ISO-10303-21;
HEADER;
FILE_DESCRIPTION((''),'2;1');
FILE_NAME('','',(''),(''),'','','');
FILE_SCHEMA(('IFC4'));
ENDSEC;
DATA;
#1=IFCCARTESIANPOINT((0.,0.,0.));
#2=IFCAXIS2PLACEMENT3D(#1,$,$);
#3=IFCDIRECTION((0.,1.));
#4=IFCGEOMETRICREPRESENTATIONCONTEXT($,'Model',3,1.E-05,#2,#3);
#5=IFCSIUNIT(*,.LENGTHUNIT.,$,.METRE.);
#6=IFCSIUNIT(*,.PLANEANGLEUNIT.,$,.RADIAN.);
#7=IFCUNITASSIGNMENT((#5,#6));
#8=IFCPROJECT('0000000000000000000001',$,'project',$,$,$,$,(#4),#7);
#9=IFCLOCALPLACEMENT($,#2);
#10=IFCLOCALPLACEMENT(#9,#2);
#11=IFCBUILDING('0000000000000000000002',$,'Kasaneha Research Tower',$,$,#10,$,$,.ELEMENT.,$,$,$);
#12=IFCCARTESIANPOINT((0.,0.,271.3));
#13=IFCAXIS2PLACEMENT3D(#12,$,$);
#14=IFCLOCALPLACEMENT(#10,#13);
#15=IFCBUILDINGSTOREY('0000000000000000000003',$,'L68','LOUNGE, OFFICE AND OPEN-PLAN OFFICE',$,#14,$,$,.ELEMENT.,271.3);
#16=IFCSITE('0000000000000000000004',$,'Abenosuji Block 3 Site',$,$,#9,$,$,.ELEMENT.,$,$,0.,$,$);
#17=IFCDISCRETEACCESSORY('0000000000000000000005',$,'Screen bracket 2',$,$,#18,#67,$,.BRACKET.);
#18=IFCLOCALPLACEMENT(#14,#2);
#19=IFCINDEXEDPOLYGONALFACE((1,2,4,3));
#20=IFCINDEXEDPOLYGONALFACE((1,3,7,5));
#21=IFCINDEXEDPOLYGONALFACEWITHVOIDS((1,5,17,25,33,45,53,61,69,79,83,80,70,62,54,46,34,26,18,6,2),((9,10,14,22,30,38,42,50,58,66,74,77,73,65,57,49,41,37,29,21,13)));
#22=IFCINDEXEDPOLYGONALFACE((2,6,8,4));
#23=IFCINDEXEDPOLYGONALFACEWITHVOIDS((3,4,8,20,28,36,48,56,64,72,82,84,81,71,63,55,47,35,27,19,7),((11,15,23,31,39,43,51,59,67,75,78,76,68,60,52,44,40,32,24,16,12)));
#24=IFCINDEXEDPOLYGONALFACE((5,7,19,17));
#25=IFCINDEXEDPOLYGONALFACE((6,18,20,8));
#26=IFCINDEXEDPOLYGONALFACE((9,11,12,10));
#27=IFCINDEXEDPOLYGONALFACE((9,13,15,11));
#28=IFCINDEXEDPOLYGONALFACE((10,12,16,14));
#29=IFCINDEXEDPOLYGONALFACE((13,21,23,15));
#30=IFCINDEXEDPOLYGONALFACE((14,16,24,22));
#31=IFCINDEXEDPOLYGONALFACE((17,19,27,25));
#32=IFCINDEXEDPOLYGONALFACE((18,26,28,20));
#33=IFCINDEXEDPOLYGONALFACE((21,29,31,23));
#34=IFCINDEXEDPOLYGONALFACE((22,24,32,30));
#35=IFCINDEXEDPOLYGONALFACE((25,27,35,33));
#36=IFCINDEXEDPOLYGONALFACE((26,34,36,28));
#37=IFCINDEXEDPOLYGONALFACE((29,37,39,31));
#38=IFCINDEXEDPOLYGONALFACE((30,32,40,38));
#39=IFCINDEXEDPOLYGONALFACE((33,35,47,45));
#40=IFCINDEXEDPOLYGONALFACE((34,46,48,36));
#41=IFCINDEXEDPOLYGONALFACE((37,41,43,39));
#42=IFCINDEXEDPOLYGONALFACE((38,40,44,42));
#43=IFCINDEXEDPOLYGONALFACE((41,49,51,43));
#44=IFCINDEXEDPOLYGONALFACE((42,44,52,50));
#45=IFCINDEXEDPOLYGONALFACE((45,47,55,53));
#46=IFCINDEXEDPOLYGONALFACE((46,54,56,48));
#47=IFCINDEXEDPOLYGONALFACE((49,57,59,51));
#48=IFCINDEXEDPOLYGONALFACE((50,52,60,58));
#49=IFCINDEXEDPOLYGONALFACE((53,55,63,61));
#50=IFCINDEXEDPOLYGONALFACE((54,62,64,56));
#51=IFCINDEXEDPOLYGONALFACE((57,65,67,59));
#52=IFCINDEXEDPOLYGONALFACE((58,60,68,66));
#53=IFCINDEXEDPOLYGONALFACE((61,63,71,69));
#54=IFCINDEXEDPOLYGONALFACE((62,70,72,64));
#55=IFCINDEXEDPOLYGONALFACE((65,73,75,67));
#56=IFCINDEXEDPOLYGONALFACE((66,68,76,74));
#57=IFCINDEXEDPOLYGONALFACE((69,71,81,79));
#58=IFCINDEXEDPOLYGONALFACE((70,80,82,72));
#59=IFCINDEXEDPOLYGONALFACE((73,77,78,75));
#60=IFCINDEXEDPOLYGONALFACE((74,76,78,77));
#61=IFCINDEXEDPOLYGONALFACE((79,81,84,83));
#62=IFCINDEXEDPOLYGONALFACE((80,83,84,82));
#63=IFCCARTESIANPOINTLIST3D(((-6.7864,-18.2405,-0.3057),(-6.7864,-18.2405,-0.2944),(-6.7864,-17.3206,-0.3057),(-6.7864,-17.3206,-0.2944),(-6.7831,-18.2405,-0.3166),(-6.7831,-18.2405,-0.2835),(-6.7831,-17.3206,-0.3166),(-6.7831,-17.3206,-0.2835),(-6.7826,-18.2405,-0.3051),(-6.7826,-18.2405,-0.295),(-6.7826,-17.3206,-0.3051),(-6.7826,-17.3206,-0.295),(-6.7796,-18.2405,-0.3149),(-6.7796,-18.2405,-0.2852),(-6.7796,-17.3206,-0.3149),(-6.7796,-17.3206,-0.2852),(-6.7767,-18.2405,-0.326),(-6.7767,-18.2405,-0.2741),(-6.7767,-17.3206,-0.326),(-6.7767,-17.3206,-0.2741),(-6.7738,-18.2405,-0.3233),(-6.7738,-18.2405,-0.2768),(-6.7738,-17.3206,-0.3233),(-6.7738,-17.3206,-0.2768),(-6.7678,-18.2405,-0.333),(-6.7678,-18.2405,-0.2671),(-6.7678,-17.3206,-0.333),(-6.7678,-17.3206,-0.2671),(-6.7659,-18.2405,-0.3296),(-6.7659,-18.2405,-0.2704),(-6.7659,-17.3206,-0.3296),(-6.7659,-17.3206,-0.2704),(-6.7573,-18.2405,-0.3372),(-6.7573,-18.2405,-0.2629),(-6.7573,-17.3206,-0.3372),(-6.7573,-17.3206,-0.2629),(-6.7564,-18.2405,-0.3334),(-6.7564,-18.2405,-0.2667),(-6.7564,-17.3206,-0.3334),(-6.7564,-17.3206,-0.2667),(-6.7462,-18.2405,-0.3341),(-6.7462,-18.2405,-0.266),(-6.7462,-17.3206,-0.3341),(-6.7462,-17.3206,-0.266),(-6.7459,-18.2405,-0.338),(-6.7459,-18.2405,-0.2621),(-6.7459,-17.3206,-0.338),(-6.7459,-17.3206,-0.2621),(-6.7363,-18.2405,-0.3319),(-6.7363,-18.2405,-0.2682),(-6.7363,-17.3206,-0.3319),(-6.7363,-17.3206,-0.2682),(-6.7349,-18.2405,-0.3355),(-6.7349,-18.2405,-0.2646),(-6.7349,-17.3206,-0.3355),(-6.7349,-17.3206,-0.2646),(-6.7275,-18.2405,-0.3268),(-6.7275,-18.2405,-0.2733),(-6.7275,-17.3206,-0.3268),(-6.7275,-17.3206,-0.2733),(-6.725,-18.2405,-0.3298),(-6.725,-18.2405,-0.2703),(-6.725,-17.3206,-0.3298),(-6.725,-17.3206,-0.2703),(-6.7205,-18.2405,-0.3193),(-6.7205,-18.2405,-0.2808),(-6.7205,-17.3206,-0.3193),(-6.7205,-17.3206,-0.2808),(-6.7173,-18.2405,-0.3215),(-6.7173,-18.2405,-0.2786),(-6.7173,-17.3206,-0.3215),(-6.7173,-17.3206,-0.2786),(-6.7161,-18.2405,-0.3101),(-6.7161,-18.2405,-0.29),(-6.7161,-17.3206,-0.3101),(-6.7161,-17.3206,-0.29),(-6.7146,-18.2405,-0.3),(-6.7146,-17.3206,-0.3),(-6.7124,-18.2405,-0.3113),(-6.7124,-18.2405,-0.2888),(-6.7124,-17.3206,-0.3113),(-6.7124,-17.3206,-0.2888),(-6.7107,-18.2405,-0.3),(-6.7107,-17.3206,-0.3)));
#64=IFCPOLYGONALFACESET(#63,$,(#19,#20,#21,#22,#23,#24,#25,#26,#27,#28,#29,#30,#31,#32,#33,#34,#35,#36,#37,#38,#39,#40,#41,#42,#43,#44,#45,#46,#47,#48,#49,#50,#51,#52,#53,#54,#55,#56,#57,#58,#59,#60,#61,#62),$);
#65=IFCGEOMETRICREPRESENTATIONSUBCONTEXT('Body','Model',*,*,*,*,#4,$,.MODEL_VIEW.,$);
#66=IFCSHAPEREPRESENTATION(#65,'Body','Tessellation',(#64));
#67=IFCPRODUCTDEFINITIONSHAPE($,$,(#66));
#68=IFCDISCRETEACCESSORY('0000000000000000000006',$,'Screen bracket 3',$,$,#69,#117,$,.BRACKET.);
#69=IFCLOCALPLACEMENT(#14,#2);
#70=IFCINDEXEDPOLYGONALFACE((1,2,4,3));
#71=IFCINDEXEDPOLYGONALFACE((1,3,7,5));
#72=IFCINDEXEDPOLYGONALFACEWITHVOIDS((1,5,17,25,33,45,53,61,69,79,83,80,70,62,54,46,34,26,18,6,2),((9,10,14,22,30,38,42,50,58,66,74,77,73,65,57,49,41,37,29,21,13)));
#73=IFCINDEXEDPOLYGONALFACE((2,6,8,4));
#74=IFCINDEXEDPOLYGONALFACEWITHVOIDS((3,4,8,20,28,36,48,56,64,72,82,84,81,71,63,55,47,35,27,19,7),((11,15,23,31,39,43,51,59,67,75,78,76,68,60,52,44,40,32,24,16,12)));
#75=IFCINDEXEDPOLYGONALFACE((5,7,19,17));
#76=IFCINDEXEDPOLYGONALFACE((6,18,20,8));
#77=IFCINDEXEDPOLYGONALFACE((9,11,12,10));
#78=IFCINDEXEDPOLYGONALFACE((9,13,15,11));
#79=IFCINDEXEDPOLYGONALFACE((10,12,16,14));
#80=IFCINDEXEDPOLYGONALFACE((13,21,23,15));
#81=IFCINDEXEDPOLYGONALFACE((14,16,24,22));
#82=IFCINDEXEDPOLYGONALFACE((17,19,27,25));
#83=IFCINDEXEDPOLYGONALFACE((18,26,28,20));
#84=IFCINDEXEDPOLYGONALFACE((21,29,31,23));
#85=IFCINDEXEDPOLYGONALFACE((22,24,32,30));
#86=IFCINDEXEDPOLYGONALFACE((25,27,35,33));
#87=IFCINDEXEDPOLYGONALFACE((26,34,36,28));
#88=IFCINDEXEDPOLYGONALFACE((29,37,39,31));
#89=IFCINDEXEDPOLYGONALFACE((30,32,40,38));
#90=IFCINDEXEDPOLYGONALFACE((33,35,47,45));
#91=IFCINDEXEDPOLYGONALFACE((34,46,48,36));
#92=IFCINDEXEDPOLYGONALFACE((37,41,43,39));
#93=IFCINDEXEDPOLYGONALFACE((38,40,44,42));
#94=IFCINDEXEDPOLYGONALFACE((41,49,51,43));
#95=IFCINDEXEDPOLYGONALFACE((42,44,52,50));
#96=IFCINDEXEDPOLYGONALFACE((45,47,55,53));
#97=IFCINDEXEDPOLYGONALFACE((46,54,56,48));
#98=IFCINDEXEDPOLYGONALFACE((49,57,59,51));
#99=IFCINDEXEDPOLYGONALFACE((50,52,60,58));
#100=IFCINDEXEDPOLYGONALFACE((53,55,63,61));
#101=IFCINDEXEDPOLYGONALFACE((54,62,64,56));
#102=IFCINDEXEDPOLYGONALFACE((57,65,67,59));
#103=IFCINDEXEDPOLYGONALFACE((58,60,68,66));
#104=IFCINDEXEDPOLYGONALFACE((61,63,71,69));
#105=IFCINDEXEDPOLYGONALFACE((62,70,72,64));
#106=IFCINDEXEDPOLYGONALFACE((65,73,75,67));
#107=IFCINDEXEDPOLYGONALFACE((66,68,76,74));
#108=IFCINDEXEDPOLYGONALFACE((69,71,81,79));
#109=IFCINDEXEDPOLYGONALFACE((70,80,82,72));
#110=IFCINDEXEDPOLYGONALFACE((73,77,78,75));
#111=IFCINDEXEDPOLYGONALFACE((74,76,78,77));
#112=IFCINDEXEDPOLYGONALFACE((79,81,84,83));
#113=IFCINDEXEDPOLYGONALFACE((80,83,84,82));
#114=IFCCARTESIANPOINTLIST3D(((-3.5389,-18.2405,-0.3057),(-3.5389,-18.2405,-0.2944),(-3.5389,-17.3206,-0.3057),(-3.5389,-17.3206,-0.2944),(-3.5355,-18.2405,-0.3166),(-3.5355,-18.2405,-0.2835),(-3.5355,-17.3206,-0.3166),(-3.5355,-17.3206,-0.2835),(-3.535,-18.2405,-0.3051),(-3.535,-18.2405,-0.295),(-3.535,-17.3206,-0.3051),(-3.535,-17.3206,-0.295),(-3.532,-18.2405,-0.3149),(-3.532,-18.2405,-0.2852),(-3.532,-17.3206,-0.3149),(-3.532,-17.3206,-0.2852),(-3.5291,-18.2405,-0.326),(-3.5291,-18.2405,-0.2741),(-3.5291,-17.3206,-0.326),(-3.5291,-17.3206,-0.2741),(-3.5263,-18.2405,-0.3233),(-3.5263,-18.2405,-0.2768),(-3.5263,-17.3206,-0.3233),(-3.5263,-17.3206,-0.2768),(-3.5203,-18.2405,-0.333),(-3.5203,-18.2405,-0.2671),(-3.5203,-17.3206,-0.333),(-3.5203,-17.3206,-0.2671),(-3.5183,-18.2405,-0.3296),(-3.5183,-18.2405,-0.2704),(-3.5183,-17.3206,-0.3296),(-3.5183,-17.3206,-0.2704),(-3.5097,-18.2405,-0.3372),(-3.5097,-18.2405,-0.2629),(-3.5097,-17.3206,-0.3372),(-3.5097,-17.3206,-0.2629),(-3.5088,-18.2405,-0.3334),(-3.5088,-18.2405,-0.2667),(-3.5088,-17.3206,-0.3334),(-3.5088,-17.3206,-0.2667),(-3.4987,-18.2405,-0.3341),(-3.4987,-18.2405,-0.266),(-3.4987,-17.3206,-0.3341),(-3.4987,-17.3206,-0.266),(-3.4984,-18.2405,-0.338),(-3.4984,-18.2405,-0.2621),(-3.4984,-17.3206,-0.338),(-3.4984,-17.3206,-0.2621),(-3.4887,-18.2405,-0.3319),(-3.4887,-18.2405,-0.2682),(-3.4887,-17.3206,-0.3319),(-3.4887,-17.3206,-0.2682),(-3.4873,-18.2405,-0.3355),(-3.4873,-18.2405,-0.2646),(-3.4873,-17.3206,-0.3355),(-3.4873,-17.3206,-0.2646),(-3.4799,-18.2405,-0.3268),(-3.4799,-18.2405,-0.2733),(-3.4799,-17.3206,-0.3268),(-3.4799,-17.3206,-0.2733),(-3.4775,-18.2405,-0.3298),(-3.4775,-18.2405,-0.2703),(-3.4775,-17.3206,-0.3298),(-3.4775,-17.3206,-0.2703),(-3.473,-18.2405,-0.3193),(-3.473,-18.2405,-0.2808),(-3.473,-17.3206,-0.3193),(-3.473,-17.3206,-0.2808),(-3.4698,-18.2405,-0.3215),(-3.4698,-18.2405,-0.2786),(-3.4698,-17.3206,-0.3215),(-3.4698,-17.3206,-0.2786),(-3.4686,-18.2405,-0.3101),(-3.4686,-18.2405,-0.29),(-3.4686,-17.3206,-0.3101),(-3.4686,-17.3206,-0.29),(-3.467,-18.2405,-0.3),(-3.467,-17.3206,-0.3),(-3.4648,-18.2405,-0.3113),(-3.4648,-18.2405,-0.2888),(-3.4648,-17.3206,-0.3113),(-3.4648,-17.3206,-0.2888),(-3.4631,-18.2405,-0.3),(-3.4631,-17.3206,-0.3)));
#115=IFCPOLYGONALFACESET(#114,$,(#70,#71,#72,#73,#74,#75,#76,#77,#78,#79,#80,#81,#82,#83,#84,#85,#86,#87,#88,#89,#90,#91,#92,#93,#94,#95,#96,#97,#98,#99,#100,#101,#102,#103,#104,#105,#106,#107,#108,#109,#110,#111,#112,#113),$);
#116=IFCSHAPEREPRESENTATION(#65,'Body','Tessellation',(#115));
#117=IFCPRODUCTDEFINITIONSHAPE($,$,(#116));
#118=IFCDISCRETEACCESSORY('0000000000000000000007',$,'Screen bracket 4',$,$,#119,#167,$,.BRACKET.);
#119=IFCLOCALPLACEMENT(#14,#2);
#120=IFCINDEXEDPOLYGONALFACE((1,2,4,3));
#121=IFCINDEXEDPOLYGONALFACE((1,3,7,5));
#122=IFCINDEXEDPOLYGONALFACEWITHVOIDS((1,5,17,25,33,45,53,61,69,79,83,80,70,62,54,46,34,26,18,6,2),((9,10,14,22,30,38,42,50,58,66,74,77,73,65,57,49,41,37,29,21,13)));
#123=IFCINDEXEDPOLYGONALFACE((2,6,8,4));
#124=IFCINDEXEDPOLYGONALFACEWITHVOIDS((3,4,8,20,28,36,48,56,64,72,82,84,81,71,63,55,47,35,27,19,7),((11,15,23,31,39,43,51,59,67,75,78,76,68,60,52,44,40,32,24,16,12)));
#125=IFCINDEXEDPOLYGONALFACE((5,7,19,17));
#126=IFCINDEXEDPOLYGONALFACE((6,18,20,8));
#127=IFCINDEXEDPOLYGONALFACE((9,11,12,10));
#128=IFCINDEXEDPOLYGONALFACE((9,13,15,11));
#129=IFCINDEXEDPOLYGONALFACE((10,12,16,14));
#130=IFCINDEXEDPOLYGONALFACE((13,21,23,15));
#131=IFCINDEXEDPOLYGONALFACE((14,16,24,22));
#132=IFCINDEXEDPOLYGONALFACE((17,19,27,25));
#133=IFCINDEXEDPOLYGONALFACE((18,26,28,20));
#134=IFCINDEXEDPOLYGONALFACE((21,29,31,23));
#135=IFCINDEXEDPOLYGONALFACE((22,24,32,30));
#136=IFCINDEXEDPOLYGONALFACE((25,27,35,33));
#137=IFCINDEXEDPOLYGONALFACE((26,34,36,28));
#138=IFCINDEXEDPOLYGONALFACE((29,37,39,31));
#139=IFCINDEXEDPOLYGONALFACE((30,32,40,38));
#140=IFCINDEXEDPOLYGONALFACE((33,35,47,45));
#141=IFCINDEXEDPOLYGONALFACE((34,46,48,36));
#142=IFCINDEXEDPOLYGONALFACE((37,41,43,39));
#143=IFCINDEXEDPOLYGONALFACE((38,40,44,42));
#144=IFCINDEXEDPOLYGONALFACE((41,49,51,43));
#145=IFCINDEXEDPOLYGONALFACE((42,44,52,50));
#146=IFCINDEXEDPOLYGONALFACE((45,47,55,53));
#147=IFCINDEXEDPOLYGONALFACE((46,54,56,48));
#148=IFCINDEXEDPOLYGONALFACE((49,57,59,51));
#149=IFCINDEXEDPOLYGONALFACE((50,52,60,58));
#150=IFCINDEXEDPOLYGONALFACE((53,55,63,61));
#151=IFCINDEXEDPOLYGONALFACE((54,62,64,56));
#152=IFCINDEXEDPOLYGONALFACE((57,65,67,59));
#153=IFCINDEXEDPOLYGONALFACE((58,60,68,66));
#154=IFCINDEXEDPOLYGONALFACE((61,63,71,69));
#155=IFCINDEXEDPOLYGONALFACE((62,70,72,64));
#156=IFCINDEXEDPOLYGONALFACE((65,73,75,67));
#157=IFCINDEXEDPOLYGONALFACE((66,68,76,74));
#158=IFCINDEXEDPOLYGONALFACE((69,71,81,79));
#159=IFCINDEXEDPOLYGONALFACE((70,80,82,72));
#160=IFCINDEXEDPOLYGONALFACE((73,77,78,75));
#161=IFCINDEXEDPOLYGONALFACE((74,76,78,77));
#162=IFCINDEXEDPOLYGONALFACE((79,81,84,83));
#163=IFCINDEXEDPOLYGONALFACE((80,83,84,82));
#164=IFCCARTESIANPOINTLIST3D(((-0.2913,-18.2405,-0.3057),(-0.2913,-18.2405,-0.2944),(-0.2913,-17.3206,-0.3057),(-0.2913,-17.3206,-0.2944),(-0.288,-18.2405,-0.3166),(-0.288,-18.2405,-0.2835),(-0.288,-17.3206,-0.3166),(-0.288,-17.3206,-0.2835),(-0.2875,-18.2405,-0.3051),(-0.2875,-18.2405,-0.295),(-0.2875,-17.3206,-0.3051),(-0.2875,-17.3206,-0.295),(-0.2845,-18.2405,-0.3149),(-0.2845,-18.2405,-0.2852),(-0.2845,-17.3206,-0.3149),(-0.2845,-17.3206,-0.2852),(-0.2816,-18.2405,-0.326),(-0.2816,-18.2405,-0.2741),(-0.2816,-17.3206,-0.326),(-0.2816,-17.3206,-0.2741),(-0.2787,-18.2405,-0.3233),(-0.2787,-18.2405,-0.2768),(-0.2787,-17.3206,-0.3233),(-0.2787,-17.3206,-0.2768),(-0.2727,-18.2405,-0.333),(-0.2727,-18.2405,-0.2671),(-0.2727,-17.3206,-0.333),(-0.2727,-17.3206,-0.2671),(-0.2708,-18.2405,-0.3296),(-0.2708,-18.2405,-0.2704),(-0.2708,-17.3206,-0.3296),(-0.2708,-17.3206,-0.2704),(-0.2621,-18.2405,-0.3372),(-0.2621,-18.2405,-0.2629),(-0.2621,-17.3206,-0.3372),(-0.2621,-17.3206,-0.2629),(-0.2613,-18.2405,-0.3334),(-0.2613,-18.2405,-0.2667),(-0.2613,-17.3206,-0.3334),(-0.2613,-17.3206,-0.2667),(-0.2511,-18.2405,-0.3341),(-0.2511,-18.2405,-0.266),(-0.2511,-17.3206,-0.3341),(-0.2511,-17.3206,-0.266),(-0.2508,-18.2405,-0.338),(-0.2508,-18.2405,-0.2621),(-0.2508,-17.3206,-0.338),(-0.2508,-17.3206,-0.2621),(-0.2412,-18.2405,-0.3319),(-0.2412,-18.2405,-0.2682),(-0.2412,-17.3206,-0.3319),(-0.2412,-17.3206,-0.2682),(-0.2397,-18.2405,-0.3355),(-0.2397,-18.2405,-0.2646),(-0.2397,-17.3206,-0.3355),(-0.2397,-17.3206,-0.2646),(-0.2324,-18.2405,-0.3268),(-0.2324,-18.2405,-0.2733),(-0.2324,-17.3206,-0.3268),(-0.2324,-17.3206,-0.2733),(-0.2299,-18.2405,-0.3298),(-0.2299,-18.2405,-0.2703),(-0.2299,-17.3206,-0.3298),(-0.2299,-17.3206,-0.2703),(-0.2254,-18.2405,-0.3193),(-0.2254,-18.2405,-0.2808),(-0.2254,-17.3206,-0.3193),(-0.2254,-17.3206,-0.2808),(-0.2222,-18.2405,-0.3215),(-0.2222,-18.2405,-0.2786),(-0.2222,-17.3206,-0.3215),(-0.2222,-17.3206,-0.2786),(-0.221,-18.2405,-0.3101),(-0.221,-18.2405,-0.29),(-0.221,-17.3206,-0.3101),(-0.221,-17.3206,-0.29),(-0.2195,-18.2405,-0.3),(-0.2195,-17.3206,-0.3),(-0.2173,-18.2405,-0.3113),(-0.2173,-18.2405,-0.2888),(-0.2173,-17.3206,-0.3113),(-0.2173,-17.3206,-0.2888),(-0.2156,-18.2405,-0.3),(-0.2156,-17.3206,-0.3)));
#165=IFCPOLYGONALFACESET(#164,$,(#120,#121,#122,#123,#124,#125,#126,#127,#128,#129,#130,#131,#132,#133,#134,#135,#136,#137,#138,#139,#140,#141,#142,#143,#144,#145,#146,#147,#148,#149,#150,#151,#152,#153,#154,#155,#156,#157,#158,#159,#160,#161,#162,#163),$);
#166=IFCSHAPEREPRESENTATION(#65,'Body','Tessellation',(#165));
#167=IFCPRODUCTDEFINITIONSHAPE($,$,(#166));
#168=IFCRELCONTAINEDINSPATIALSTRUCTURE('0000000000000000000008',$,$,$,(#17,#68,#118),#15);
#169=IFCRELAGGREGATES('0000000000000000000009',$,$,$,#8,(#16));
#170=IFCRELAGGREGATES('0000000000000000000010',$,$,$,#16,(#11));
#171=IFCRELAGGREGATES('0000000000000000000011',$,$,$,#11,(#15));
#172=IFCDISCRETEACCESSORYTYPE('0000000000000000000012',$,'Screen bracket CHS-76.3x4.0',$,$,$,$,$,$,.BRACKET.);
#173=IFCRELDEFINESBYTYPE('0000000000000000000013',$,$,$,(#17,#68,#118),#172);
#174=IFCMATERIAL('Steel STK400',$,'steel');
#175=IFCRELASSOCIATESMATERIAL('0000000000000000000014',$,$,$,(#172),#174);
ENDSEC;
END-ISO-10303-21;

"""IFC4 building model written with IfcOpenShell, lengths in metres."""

from ifc_helpers import new_model, si_unit, direction, frame, origin, origin_2d, place, context, subcontext, project, spatial, hollow_circle, extrude, material, material_profile, profile_set, type_object, element, save


model = new_model("IFC4")

# Units and contexts
model_context = context("Model", 3, precision=1e-05, world=origin(), true_north=direction((0.0, 1.0)))
body_context = subcontext(model_context, "Body", "Model", "MODEL_VIEW")
ifc_project = project(units=[si_unit("LENGTHUNIT", "METRE"), si_unit("PLANEANGLEUNIT", "RADIAN")], contexts=[model_context])

# Site, building, storey
site_placement = place(None, origin())
site = spatial("IfcSite", under=ifc_project, at=site_placement, Name="Abenosuji Block 3 Site", CompositionType="ELEMENT", RefElevation=0.0)
building_placement = place(site_placement, origin())
building = spatial("IfcBuilding", under=site, at=building_placement, Name="Kasaneha Research Tower", CompositionType="ELEMENT")
storey_placement = place(building_placement, frame((0.0, 0.0, 271.3)))
storey = spatial("IfcBuildingStorey", under=building, at=storey_placement, Name="L68", Description="LOUNGE, OFFICE AND OPEN-PLAN OFFICE", CompositionType="ELEMENT", Elevation=271.3)

# Discrete accessories
ifc_material_1 = material(Name="Steel STK400", Category="steel")
ifc_material_profile_1 = material_profile(ifc_material_1, hollow_circle(Radius=0.0381, WallThickness=0.0039, at=origin_2d()), Name="CHS-76.3x4.0")
ifc_profile_set_1 = profile_set([ifc_material_profile_1], Name="Steel STK400")
discrete_accessory_type = type_object("IfcDiscreteAccessoryType", Name="Screen bracket CHS-76.3x4.0", PredefinedType="BRACKET", material=ifc_profile_set_1)
for number, where, z_axis, x_axis, name in (
    (1, (-6.7488, -17.3206, -0.3), (0.0, -1.0, 0.0), (1.0, 0.0, 0.0), "Screen bracket 2"),
    (2, (-3.5012, -17.3206, -0.3), (0.0, -1.0, 0.0), (1.0, 0.0, 0.0), "Screen bracket 3"),
    (3, (-0.2537, -17.3206, -0.3), (0.0, -1.0, 0.0), (1.0, 0.0, 0.0), "Screen bracket 4"),
):
    element("IfcDiscreteAccessory", number, at=place(storey_placement, frame(where, z_axis=z_axis, x_axis=x_axis)), inside=storey, type_object=discrete_accessory_type, Name=name, PredefinedType="BRACKET", context=body_context, shape_type="SweptSolid", body=[
        extrude(hollow_circle(Radius=0.0381, WallThickness=0.0039, at=origin_2d()), origin(), (0.0, 0.0, 1.0), 0.9199),
    ])

save(model, "model.ifc")
